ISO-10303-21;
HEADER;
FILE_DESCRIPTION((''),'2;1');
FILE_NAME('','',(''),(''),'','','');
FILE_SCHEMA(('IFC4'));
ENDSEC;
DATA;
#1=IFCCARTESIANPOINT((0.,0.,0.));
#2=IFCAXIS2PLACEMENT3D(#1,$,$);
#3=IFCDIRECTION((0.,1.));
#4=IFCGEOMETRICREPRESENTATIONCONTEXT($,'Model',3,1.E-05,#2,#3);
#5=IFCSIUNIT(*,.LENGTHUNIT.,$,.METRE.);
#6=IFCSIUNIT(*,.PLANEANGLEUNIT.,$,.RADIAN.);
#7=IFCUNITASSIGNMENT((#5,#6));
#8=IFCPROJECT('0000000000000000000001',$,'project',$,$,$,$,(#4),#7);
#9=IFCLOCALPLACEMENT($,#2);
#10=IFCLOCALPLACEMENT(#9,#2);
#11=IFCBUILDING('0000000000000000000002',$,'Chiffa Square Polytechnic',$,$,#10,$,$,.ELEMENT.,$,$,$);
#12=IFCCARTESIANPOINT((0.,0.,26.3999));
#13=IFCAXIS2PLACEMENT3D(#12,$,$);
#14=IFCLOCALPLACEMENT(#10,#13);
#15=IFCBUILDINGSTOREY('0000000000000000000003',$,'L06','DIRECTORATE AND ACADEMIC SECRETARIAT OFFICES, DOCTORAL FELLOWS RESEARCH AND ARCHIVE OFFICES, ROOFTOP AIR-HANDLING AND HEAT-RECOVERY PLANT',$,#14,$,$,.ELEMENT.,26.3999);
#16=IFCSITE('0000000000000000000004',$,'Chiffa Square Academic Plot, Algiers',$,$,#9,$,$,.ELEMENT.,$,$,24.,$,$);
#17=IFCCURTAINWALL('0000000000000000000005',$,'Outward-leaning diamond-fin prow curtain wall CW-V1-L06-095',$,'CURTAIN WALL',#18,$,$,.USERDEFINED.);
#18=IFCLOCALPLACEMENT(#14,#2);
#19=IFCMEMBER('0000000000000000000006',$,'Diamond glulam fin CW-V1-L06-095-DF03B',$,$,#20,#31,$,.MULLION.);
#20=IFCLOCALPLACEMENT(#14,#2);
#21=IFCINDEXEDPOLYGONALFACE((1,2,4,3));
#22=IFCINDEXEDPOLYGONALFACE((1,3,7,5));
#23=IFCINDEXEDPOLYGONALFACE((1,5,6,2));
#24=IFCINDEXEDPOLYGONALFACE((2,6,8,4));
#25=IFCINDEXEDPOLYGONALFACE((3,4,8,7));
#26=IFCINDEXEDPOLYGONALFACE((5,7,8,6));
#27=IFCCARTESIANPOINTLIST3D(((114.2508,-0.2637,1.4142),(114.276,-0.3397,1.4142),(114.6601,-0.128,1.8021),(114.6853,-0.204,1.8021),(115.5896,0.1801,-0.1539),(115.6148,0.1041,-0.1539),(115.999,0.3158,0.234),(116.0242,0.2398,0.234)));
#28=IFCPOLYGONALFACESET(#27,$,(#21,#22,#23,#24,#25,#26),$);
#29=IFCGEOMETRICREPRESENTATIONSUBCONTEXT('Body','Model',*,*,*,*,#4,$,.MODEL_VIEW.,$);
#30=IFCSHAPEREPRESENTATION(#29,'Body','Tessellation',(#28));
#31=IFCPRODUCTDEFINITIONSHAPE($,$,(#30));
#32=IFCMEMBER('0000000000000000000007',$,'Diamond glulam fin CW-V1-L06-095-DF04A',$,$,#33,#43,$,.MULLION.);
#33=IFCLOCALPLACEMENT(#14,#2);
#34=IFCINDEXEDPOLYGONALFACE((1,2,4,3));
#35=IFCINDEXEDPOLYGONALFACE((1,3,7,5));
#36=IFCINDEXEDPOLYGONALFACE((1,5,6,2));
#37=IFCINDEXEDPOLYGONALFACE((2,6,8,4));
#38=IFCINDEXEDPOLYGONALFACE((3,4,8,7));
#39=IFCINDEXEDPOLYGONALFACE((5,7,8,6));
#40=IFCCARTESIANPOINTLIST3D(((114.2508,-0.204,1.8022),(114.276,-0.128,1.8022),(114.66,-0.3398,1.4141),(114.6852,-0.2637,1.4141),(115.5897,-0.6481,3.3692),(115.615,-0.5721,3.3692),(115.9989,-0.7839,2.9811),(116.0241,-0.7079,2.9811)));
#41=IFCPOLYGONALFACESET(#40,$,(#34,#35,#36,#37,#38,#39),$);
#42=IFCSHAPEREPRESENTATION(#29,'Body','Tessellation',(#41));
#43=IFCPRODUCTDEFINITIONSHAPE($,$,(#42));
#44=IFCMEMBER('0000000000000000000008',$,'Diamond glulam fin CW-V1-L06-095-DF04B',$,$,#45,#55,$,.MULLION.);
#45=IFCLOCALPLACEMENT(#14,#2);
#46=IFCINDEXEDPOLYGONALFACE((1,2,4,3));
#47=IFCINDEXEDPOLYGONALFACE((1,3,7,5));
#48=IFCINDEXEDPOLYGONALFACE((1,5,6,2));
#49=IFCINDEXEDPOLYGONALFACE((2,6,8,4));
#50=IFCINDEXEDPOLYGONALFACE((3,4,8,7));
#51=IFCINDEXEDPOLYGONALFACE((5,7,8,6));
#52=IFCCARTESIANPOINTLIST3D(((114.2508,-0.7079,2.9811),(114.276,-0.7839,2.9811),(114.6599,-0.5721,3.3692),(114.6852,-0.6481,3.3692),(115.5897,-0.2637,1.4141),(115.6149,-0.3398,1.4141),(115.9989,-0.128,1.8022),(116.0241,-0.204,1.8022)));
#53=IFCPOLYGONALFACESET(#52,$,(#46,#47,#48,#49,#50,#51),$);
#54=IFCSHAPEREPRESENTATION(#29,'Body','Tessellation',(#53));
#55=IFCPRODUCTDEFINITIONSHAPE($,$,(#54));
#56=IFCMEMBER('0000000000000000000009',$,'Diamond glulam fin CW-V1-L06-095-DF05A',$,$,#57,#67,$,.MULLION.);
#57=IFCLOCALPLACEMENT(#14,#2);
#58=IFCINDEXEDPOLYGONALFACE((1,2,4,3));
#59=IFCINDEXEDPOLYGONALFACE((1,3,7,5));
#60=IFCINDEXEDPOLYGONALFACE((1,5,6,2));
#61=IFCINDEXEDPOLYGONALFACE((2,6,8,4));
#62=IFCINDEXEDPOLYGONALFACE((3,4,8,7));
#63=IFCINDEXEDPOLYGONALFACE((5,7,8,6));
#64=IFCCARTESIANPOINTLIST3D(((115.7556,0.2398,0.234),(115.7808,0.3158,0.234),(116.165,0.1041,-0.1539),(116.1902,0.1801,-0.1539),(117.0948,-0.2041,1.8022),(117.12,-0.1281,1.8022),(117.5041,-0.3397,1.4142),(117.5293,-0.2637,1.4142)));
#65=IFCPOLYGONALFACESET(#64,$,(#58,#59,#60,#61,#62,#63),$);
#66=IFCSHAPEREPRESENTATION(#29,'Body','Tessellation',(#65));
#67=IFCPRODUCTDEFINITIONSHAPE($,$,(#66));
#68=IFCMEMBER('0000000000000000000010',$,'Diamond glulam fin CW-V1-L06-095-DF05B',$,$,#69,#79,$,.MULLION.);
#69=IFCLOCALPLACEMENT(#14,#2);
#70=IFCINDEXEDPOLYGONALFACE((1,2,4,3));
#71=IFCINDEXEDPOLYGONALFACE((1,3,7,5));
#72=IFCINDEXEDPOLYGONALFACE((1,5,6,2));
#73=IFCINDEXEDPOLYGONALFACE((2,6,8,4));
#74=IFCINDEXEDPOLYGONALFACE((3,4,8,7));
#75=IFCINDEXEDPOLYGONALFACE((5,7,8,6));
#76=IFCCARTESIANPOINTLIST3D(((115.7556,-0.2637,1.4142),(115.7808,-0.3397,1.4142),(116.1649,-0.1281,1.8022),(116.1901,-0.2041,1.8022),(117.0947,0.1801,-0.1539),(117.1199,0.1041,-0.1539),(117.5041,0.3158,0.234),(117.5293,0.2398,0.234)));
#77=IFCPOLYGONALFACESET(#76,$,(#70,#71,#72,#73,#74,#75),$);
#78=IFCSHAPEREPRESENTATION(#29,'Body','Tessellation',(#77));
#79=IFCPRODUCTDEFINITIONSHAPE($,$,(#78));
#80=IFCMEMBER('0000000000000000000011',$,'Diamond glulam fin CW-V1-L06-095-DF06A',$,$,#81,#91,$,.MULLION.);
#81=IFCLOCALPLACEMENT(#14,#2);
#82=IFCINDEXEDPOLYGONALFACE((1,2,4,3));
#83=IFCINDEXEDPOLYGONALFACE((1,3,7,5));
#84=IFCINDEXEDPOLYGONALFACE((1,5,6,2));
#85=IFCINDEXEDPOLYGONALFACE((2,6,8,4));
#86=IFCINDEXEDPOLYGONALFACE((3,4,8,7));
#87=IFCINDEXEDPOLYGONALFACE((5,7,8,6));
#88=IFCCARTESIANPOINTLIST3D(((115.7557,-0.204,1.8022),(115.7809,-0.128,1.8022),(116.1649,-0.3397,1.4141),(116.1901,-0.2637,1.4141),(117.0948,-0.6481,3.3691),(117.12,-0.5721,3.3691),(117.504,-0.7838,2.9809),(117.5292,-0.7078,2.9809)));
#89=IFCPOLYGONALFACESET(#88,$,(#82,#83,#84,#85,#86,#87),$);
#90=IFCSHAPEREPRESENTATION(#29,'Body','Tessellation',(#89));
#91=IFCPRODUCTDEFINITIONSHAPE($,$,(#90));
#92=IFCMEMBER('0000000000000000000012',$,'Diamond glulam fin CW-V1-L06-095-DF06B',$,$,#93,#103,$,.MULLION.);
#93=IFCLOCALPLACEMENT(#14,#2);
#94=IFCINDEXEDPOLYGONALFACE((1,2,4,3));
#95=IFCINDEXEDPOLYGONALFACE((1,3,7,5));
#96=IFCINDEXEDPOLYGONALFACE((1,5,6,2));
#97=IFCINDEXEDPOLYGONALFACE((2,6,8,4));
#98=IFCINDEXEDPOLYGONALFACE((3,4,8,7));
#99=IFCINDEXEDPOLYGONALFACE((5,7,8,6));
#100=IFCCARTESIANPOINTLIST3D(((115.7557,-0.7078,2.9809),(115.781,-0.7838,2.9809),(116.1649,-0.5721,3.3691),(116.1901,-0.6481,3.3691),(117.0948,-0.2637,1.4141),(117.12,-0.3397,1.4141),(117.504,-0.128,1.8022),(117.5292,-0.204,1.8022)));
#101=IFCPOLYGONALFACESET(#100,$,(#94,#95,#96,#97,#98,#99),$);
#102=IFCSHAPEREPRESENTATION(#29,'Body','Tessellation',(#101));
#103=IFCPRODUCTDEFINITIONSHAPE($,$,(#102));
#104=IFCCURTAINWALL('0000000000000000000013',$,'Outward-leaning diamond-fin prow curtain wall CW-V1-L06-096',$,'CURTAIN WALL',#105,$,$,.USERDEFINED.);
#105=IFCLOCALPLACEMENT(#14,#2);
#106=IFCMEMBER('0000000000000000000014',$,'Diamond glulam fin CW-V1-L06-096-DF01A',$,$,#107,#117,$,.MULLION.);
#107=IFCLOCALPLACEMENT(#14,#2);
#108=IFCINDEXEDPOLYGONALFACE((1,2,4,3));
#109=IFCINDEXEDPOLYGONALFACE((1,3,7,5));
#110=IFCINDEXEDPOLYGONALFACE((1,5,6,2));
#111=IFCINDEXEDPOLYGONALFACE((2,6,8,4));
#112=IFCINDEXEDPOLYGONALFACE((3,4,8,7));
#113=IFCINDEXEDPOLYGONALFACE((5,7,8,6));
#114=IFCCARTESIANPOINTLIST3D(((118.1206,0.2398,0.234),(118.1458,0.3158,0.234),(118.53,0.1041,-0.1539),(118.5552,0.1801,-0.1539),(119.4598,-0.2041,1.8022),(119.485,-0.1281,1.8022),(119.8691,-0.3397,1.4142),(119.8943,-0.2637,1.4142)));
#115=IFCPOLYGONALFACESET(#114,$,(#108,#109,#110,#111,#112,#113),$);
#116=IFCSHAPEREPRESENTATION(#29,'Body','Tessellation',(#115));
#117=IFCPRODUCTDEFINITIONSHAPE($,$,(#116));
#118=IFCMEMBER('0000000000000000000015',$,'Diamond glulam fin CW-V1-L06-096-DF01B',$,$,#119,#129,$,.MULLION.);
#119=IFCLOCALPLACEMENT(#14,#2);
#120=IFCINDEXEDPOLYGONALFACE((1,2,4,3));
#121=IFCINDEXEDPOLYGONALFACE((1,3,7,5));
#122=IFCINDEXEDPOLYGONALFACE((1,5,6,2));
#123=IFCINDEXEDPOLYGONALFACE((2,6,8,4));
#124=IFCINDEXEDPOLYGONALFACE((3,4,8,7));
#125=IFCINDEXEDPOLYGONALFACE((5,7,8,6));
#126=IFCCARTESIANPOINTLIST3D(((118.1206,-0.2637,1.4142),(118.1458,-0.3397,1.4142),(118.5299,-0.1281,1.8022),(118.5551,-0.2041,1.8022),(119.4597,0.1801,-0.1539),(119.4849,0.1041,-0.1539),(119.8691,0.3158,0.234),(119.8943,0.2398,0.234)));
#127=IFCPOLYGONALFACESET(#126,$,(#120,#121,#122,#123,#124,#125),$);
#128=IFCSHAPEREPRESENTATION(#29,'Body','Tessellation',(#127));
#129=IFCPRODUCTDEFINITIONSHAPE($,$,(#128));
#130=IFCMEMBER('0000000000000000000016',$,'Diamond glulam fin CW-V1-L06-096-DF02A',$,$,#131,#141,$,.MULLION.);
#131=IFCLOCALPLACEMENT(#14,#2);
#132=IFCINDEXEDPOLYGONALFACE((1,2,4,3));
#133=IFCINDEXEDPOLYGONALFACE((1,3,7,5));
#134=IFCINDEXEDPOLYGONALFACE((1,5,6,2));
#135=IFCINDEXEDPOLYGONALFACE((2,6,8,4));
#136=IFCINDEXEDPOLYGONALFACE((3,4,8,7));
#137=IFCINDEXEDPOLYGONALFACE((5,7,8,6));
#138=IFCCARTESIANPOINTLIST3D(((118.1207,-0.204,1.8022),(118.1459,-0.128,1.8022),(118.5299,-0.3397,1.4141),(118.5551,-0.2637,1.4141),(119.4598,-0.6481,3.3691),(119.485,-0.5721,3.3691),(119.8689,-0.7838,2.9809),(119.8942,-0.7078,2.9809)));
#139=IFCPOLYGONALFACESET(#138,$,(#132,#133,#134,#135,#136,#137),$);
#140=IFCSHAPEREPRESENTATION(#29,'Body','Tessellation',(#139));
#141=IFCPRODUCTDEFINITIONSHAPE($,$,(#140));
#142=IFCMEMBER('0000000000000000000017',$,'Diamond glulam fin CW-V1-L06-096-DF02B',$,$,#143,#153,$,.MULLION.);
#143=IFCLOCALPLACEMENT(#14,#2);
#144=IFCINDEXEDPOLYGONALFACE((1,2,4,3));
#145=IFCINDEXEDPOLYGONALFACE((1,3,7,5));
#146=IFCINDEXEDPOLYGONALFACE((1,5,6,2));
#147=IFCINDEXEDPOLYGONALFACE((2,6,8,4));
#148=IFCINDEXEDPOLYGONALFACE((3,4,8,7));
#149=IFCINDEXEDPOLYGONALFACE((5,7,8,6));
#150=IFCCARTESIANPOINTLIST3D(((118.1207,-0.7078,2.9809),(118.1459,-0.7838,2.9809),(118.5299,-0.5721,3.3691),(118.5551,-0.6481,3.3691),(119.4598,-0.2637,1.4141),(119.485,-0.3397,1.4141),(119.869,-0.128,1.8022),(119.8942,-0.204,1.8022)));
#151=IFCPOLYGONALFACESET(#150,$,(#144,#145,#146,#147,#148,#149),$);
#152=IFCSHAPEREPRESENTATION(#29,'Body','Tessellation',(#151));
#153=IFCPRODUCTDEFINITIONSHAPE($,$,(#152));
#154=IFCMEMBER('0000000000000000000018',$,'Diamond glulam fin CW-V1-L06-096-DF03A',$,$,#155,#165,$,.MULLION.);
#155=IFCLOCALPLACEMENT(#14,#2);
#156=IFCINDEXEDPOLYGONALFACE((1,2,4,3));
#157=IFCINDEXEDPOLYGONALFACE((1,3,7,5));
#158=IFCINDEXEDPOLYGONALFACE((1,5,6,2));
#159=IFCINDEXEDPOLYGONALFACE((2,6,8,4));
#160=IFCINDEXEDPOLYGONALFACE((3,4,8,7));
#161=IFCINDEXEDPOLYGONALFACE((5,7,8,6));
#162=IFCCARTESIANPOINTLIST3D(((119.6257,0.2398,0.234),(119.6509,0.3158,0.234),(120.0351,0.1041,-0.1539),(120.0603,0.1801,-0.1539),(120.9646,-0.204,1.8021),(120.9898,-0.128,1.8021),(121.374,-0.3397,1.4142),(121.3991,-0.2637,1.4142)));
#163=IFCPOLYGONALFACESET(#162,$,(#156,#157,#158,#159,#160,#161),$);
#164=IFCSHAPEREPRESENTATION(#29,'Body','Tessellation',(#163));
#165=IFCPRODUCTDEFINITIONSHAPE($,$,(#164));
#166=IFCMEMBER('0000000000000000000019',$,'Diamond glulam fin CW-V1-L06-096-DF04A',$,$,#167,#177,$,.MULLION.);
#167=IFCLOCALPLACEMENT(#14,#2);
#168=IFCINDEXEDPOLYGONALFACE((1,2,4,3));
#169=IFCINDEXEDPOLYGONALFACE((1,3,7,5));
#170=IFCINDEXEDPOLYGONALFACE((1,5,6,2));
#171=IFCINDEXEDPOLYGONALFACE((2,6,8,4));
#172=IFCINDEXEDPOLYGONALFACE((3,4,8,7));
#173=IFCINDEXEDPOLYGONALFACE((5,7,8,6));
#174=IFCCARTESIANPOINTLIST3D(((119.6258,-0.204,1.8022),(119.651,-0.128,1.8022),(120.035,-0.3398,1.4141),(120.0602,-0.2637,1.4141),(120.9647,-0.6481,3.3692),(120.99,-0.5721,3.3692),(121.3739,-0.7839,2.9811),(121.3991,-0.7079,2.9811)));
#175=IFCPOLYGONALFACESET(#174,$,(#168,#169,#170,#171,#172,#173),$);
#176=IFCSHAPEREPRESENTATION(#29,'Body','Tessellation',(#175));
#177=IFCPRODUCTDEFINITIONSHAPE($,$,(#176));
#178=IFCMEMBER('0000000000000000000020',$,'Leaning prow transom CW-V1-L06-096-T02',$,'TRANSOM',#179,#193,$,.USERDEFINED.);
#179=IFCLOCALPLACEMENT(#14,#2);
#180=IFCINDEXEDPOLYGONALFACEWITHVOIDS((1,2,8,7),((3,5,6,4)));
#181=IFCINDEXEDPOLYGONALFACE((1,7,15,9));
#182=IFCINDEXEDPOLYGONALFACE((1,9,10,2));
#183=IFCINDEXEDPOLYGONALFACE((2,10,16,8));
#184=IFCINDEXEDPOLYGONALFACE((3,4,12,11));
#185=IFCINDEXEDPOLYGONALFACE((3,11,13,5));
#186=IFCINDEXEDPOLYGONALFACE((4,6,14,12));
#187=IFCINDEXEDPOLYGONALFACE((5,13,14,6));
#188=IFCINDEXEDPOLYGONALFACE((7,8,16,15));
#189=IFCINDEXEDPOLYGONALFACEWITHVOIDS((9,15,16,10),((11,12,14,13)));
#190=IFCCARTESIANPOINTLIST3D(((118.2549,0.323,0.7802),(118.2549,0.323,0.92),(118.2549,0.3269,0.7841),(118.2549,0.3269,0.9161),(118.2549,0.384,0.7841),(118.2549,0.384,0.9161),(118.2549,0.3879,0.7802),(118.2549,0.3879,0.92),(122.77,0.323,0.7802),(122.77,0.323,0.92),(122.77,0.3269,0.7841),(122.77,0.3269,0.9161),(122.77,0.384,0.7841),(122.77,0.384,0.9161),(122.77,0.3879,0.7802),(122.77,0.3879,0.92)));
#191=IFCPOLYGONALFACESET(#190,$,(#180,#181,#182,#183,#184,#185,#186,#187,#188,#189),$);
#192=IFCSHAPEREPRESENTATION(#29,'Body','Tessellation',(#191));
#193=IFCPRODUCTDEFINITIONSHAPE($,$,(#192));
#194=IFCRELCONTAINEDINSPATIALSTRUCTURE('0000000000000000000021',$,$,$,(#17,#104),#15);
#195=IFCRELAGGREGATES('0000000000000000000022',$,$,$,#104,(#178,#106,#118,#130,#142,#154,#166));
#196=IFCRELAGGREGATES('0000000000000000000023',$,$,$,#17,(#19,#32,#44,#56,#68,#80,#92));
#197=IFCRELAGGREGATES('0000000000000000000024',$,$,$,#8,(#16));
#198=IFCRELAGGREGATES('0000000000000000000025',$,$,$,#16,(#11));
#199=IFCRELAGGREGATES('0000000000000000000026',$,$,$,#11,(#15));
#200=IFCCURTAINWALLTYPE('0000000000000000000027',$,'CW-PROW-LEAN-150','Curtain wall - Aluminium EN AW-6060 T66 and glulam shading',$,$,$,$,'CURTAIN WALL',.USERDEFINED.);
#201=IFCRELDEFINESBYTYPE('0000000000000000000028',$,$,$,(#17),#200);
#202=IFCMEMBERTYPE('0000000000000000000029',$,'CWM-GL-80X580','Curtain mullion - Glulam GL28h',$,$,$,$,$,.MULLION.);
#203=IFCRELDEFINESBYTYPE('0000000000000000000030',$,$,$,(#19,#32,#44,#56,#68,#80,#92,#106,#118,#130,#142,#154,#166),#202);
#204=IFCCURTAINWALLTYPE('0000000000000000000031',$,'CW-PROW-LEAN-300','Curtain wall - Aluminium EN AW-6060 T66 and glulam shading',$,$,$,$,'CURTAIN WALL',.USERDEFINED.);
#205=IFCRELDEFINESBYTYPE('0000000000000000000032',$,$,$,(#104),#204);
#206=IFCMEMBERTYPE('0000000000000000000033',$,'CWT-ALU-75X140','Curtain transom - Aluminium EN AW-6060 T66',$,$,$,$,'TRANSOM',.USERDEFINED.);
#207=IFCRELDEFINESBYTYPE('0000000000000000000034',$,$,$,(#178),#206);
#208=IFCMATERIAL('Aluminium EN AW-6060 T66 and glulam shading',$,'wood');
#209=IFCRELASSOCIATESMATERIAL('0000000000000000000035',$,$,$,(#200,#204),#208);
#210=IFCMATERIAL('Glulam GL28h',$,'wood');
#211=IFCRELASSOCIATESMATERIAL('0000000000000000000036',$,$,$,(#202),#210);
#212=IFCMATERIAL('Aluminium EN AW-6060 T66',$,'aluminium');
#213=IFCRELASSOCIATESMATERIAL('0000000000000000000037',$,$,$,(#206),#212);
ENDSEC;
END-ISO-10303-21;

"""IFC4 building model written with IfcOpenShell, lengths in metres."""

from ifc_helpers import new_model, si_unit, direction, frame, origin, origin_2d, place, context, subcontext, project, spatial, rectangle, hollow_rectangle, extrude, material, material_profile, profile_set, type_object, element, aggregate, save


model = new_model("IFC4")

# Units and contexts
model_context = context("Model", 3, precision=1e-05, world=origin(), true_north=direction((0.0, 1.0)))
body_context = subcontext(model_context, "Body", "Model", "MODEL_VIEW")
ifc_project = project(units=[si_unit("LENGTHUNIT", "METRE"), si_unit("PLANEANGLEUNIT", "RADIAN")], contexts=[model_context])

# Site, building, storey
site_placement = place(None, origin())
site = spatial("IfcSite", under=ifc_project, at=site_placement, Name="Chiffa Square Academic Plot, Algiers", CompositionType="ELEMENT", RefElevation=24.0)
building_placement = place(site_placement, origin())
building = spatial("IfcBuilding", under=site, at=building_placement, Name="Chiffa Square Polytechnic", CompositionType="ELEMENT")
storey_placement = place(building_placement, frame((0.0, 0.0, 26.3999)))
storey = spatial("IfcBuildingStorey", under=building, at=storey_placement, Name="L06", Description="DIRECTORATE AND ACADEMIC SECRETARIAT OFFICES, DOCTORAL FELLOWS RESEARCH AND ARCHIVE OFFICES, ROOFTOP AIR-HANDLING AND HEAT-RECOVERY PLANT", CompositionType="ELEMENT", Elevation=26.3999)

# Curtain wall, members
ifc_material_1 = material(Name="Aluminium EN AW-6060 T66 and glulam shading", Category="wood")
curtain_wall_type_1 = type_object("IfcCurtainWallType", Name="CW-PROW-LEAN-150", Description="Curtain wall - Aluminium EN AW-6060 T66 and glulam shading", ElementType="CURTAIN WALL", PredefinedType="USERDEFINED", material=ifc_material_1)
curtain_wall_1_placement = place(storey_placement, origin())
curtain_wall_1 = element("IfcCurtainWall", 1, at=curtain_wall_1_placement, inside=storey, type_object=curtain_wall_type_1, Name="Outward-leaning diamond-fin prow curtain wall CW-V1-L06-095", ObjectType="CURTAIN WALL", PredefinedType="USERDEFINED")
ifc_material_2 = material(Name="Glulam GL28h", Category="wood")
ifc_material_profile_1 = material_profile(ifc_material_2, rectangle(XDim=0.0801, YDim=0.5801, at=origin_2d()), Name="GL28h 80x580")
ifc_profile_set_1 = profile_set([ifc_material_profile_1], Name="Glulam GL28h")
member_type_1 = type_object("IfcMemberType", Name="CWM-GL-80X580", Description="Curtain mullion - Glulam GL28h", PredefinedType="MULLION", material=ifc_profile_set_1)
member_1_placement = place(storey_placement, frame((115.8069, 0.21, 0.04), z_axis=(-0.634787, -0.210438, 0.743479), x_axis=(0.31467, -0.949201, 0.0)))
member_1 = element("IfcMember", 2, at=member_1_placement, type_object=member_type_1, Name="Diamond glulam fin CW-V1-L06-095-DF03B", PredefinedType="MULLION", context=body_context, shape_type="SweptSolid", body=[
    extrude(rectangle(XDim=0.0801, YDim=0.5801, at=origin_2d()), origin(), (0.0, 0.0, 1.0), 2.1091),
])
member_2_placement = place(storey_placement, frame((114.468, -0.2339, 1.6082), z_axis=(0.635045, -0.210639, 0.743202), x_axis=(0.314826, 0.94915, 0.0)))
member_2 = element("IfcMember", 3, at=member_2_placement, type_object=member_type_1, Name="Diamond glulam fin CW-V1-L06-095-DF04A", PredefinedType="MULLION", context=body_context, shape_type="SweptSolid", body=[
    extrude(rectangle(XDim=0.0801, YDim=0.5801, at=origin_2d()), origin(), (0.0, 0.0, 1.0), 2.1084),
])
member_3_placement = place(storey_placement, frame((115.8069, -0.2339, 1.6082), z_axis=(-0.635045, -0.210639, 0.743202), x_axis=(0.314826, -0.94915, 0.0)))
member_3 = element("IfcMember", 4, at=member_3_placement, type_object=member_type_1, Name="Diamond glulam fin CW-V1-L06-095-DF04B", PredefinedType="MULLION", context=body_context, shape_type="SweptSolid", body=[
    extrude(rectangle(XDim=0.0801, YDim=0.5801, at=origin_2d()), origin(), (0.0, 0.0, 1.0), 2.1084),
])
member_4_placement = place(storey_placement, frame((115.9729, 0.21, 0.04), z_axis=(0.634856, -0.210423, 0.743424), x_axis=(0.314618, 0.949218, 0.0)))
member_4 = element("IfcMember", 5, at=member_4_placement, type_object=member_type_1, Name="Diamond glulam fin CW-V1-L06-095-DF05A", PredefinedType="MULLION", context=body_context, shape_type="SweptSolid", body=[
    extrude(rectangle(XDim=0.0801, YDim=0.5801, at=origin_2d()), origin(), (0.0, 0.0, 1.0), 2.1094),
])
member_5_placement = place(storey_placement, frame((117.312, 0.21, 0.04), z_axis=(-0.634856, -0.210423, 0.743424), x_axis=(0.314618, -0.949218, 0.0)))
member_5 = element("IfcMember", 6, at=member_5_placement, type_object=member_type_1, Name="Diamond glulam fin CW-V1-L06-095-DF05B", PredefinedType="MULLION", context=body_context, shape_type="SweptSolid", body=[
    extrude(rectangle(XDim=0.0801, YDim=0.5801, at=origin_2d()), origin(), (0.0, 0.0, 1.0), 2.1094),
])
member_6_placement = place(storey_placement, frame((115.9729, -0.2339, 1.6082), z_axis=(0.635114, -0.210624, 0.743147), x_axis=(0.314774, 0.949167, 0.0)))
member_6 = element("IfcMember", 7, at=member_6_placement, type_object=member_type_1, Name="Diamond glulam fin CW-V1-L06-095-DF06A", PredefinedType="MULLION", context=body_context, shape_type="SweptSolid", body=[
    extrude(rectangle(XDim=0.0801, YDim=0.5801, at=origin_2d()), origin(), (0.0, 0.0, 1.0), 2.1084),
])
member_7_placement = place(storey_placement, frame((117.312, -0.2339, 1.6082), z_axis=(-0.635114, -0.210624, 0.743147), x_axis=(0.314774, -0.949167, 0.0)))
member_7 = element("IfcMember", 8, at=member_7_placement, type_object=member_type_1, Name="Diamond glulam fin CW-V1-L06-095-DF06B", PredefinedType="MULLION", context=body_context, shape_type="SweptSolid", body=[
    extrude(rectangle(XDim=0.0801, YDim=0.5801, at=origin_2d()), origin(), (0.0, 0.0, 1.0), 2.1084),
])

# Curtain wall, members
curtain_wall_type_2 = type_object("IfcCurtainWallType", Name="CW-PROW-LEAN-300", Description="Curtain wall - Aluminium EN AW-6060 T66 and glulam shading", ElementType="CURTAIN WALL", PredefinedType="USERDEFINED", material=ifc_material_1)
curtain_wall_2_placement = place(storey_placement, origin())
curtain_wall_2 = element("IfcCurtainWall", 9, at=curtain_wall_2_placement, inside=storey, type_object=curtain_wall_type_2, Name="Outward-leaning diamond-fin prow curtain wall CW-V1-L06-096", ObjectType="CURTAIN WALL", PredefinedType="USERDEFINED")
member_8_placement = place(storey_placement, frame((118.3379, 0.21, 0.04), z_axis=(0.634856, -0.210423, 0.743424), x_axis=(0.314618, 0.949218, 0.0)))
member_8 = element("IfcMember", 10, at=member_8_placement, type_object=member_type_1, Name="Diamond glulam fin CW-V1-L06-096-DF01A", PredefinedType="MULLION", context=body_context, shape_type="SweptSolid", body=[
    extrude(rectangle(XDim=0.0801, YDim=0.5801, at=origin_2d()), origin(), (0.0, 0.0, 1.0), 2.1094),
])
member_9_placement = place(storey_placement, frame((119.677, 0.21, 0.04), z_axis=(-0.634856, -0.210423, 0.743424), x_axis=(0.314618, -0.949218, 0.0)))
member_9 = element("IfcMember", 11, at=member_9_placement, type_object=member_type_1, Name="Diamond glulam fin CW-V1-L06-096-DF01B", PredefinedType="MULLION", context=body_context, shape_type="SweptSolid", body=[
    extrude(rectangle(XDim=0.0801, YDim=0.5801, at=origin_2d()), origin(), (0.0, 0.0, 1.0), 2.1094),
])
member_10_placement = place(storey_placement, frame((118.3379, -0.2339, 1.6082), z_axis=(0.635114, -0.210624, 0.743147), x_axis=(0.314774, 0.949167, 0.0)))
member_10 = element("IfcMember", 12, at=member_10_placement, type_object=member_type_1, Name="Diamond glulam fin CW-V1-L06-096-DF02A", PredefinedType="MULLION", context=body_context, shape_type="SweptSolid", body=[
    extrude(rectangle(XDim=0.0801, YDim=0.5801, at=origin_2d()), origin(), (0.0, 0.0, 1.0), 2.1084),
])
member_11_placement = place(storey_placement, frame((119.677, -0.2339, 1.6082), z_axis=(-0.635114, -0.210624, 0.743147), x_axis=(0.314774, -0.949167, 0.0)))
member_11 = element("IfcMember", 13, at=member_11_placement, type_object=member_type_1, Name="Diamond glulam fin CW-V1-L06-096-DF02B", PredefinedType="MULLION", context=body_context, shape_type="SweptSolid", body=[
    extrude(rectangle(XDim=0.0801, YDim=0.5801, at=origin_2d()), origin(), (0.0, 0.0, 1.0), 2.1084),
])
member_12_placement = place(storey_placement, frame((119.843, 0.21, 0.04), z_axis=(0.634787, -0.210438, 0.743479), x_axis=(0.31467, 0.949201, 0.0)))
member_12 = element("IfcMember", 14, at=member_12_placement, type_object=member_type_1, Name="Diamond glulam fin CW-V1-L06-096-DF03A", PredefinedType="MULLION", context=body_context, shape_type="SweptSolid", body=[
    extrude(rectangle(XDim=0.0801, YDim=0.5801, at=origin_2d()), origin(), (0.0, 0.0, 1.0), 2.1091),
])
member_13_placement = place(storey_placement, frame((119.843, -0.2339, 1.6082), z_axis=(0.635045, -0.210639, 0.743202), x_axis=(0.314826, 0.94915, 0.0)))
member_13 = element("IfcMember", 15, at=member_13_placement, type_object=member_type_1, Name="Diamond glulam fin CW-V1-L06-096-DF04A", PredefinedType="MULLION", context=body_context, shape_type="SweptSolid", body=[
    extrude(rectangle(XDim=0.0801, YDim=0.5801, at=origin_2d()), origin(), (0.0, 0.0, 1.0), 2.1084),
])
ifc_material_3 = material(Name="Aluminium EN AW-6060 T66", Category="aluminium")
ifc_material_profile_2 = material_profile(ifc_material_3, hollow_rectangle(XDim=0.0649, YDim=0.1399, WallThickness=0.0039, at=origin_2d()), Name="ALU 65x140x4")
ifc_profile_set_2 = profile_set([ifc_material_profile_2], Name="Aluminium EN AW-6060 T66")
member_type_2 = type_object("IfcMemberType", Name="CWT-ALU-75X140", Description="Curtain transom - Aluminium EN AW-6060 T66", ElementType="TRANSOM", PredefinedType="USERDEFINED", material=ifc_profile_set_2)
member_14_placement = place(storey_placement, frame((118.2549, 0.3555, 0.8501), z_axis=(1.0, 0.0, 0.0), x_axis=(0.0, 1.0, 0.0)))
member_14 = element("IfcMember", 16, at=member_14_placement, type_object=member_type_2, Name="Leaning prow transom CW-V1-L06-096-T02", ObjectType="TRANSOM", PredefinedType="USERDEFINED", context=body_context, shape_type="SweptSolid", body=[
    extrude(hollow_rectangle(XDim=0.0649, YDim=0.1399, WallThickness=0.0039, at=origin_2d()), origin(), (0.0, 0.0, 1.0), 4.5151),
])

aggregate(curtain_wall_2, [member_14, member_8, member_9, member_10, member_11, member_12, member_13])
aggregate(curtain_wall_1, [member_1, member_2, member_3, member_4, member_5, member_6, member_7])

save(model, "model.ifc")
